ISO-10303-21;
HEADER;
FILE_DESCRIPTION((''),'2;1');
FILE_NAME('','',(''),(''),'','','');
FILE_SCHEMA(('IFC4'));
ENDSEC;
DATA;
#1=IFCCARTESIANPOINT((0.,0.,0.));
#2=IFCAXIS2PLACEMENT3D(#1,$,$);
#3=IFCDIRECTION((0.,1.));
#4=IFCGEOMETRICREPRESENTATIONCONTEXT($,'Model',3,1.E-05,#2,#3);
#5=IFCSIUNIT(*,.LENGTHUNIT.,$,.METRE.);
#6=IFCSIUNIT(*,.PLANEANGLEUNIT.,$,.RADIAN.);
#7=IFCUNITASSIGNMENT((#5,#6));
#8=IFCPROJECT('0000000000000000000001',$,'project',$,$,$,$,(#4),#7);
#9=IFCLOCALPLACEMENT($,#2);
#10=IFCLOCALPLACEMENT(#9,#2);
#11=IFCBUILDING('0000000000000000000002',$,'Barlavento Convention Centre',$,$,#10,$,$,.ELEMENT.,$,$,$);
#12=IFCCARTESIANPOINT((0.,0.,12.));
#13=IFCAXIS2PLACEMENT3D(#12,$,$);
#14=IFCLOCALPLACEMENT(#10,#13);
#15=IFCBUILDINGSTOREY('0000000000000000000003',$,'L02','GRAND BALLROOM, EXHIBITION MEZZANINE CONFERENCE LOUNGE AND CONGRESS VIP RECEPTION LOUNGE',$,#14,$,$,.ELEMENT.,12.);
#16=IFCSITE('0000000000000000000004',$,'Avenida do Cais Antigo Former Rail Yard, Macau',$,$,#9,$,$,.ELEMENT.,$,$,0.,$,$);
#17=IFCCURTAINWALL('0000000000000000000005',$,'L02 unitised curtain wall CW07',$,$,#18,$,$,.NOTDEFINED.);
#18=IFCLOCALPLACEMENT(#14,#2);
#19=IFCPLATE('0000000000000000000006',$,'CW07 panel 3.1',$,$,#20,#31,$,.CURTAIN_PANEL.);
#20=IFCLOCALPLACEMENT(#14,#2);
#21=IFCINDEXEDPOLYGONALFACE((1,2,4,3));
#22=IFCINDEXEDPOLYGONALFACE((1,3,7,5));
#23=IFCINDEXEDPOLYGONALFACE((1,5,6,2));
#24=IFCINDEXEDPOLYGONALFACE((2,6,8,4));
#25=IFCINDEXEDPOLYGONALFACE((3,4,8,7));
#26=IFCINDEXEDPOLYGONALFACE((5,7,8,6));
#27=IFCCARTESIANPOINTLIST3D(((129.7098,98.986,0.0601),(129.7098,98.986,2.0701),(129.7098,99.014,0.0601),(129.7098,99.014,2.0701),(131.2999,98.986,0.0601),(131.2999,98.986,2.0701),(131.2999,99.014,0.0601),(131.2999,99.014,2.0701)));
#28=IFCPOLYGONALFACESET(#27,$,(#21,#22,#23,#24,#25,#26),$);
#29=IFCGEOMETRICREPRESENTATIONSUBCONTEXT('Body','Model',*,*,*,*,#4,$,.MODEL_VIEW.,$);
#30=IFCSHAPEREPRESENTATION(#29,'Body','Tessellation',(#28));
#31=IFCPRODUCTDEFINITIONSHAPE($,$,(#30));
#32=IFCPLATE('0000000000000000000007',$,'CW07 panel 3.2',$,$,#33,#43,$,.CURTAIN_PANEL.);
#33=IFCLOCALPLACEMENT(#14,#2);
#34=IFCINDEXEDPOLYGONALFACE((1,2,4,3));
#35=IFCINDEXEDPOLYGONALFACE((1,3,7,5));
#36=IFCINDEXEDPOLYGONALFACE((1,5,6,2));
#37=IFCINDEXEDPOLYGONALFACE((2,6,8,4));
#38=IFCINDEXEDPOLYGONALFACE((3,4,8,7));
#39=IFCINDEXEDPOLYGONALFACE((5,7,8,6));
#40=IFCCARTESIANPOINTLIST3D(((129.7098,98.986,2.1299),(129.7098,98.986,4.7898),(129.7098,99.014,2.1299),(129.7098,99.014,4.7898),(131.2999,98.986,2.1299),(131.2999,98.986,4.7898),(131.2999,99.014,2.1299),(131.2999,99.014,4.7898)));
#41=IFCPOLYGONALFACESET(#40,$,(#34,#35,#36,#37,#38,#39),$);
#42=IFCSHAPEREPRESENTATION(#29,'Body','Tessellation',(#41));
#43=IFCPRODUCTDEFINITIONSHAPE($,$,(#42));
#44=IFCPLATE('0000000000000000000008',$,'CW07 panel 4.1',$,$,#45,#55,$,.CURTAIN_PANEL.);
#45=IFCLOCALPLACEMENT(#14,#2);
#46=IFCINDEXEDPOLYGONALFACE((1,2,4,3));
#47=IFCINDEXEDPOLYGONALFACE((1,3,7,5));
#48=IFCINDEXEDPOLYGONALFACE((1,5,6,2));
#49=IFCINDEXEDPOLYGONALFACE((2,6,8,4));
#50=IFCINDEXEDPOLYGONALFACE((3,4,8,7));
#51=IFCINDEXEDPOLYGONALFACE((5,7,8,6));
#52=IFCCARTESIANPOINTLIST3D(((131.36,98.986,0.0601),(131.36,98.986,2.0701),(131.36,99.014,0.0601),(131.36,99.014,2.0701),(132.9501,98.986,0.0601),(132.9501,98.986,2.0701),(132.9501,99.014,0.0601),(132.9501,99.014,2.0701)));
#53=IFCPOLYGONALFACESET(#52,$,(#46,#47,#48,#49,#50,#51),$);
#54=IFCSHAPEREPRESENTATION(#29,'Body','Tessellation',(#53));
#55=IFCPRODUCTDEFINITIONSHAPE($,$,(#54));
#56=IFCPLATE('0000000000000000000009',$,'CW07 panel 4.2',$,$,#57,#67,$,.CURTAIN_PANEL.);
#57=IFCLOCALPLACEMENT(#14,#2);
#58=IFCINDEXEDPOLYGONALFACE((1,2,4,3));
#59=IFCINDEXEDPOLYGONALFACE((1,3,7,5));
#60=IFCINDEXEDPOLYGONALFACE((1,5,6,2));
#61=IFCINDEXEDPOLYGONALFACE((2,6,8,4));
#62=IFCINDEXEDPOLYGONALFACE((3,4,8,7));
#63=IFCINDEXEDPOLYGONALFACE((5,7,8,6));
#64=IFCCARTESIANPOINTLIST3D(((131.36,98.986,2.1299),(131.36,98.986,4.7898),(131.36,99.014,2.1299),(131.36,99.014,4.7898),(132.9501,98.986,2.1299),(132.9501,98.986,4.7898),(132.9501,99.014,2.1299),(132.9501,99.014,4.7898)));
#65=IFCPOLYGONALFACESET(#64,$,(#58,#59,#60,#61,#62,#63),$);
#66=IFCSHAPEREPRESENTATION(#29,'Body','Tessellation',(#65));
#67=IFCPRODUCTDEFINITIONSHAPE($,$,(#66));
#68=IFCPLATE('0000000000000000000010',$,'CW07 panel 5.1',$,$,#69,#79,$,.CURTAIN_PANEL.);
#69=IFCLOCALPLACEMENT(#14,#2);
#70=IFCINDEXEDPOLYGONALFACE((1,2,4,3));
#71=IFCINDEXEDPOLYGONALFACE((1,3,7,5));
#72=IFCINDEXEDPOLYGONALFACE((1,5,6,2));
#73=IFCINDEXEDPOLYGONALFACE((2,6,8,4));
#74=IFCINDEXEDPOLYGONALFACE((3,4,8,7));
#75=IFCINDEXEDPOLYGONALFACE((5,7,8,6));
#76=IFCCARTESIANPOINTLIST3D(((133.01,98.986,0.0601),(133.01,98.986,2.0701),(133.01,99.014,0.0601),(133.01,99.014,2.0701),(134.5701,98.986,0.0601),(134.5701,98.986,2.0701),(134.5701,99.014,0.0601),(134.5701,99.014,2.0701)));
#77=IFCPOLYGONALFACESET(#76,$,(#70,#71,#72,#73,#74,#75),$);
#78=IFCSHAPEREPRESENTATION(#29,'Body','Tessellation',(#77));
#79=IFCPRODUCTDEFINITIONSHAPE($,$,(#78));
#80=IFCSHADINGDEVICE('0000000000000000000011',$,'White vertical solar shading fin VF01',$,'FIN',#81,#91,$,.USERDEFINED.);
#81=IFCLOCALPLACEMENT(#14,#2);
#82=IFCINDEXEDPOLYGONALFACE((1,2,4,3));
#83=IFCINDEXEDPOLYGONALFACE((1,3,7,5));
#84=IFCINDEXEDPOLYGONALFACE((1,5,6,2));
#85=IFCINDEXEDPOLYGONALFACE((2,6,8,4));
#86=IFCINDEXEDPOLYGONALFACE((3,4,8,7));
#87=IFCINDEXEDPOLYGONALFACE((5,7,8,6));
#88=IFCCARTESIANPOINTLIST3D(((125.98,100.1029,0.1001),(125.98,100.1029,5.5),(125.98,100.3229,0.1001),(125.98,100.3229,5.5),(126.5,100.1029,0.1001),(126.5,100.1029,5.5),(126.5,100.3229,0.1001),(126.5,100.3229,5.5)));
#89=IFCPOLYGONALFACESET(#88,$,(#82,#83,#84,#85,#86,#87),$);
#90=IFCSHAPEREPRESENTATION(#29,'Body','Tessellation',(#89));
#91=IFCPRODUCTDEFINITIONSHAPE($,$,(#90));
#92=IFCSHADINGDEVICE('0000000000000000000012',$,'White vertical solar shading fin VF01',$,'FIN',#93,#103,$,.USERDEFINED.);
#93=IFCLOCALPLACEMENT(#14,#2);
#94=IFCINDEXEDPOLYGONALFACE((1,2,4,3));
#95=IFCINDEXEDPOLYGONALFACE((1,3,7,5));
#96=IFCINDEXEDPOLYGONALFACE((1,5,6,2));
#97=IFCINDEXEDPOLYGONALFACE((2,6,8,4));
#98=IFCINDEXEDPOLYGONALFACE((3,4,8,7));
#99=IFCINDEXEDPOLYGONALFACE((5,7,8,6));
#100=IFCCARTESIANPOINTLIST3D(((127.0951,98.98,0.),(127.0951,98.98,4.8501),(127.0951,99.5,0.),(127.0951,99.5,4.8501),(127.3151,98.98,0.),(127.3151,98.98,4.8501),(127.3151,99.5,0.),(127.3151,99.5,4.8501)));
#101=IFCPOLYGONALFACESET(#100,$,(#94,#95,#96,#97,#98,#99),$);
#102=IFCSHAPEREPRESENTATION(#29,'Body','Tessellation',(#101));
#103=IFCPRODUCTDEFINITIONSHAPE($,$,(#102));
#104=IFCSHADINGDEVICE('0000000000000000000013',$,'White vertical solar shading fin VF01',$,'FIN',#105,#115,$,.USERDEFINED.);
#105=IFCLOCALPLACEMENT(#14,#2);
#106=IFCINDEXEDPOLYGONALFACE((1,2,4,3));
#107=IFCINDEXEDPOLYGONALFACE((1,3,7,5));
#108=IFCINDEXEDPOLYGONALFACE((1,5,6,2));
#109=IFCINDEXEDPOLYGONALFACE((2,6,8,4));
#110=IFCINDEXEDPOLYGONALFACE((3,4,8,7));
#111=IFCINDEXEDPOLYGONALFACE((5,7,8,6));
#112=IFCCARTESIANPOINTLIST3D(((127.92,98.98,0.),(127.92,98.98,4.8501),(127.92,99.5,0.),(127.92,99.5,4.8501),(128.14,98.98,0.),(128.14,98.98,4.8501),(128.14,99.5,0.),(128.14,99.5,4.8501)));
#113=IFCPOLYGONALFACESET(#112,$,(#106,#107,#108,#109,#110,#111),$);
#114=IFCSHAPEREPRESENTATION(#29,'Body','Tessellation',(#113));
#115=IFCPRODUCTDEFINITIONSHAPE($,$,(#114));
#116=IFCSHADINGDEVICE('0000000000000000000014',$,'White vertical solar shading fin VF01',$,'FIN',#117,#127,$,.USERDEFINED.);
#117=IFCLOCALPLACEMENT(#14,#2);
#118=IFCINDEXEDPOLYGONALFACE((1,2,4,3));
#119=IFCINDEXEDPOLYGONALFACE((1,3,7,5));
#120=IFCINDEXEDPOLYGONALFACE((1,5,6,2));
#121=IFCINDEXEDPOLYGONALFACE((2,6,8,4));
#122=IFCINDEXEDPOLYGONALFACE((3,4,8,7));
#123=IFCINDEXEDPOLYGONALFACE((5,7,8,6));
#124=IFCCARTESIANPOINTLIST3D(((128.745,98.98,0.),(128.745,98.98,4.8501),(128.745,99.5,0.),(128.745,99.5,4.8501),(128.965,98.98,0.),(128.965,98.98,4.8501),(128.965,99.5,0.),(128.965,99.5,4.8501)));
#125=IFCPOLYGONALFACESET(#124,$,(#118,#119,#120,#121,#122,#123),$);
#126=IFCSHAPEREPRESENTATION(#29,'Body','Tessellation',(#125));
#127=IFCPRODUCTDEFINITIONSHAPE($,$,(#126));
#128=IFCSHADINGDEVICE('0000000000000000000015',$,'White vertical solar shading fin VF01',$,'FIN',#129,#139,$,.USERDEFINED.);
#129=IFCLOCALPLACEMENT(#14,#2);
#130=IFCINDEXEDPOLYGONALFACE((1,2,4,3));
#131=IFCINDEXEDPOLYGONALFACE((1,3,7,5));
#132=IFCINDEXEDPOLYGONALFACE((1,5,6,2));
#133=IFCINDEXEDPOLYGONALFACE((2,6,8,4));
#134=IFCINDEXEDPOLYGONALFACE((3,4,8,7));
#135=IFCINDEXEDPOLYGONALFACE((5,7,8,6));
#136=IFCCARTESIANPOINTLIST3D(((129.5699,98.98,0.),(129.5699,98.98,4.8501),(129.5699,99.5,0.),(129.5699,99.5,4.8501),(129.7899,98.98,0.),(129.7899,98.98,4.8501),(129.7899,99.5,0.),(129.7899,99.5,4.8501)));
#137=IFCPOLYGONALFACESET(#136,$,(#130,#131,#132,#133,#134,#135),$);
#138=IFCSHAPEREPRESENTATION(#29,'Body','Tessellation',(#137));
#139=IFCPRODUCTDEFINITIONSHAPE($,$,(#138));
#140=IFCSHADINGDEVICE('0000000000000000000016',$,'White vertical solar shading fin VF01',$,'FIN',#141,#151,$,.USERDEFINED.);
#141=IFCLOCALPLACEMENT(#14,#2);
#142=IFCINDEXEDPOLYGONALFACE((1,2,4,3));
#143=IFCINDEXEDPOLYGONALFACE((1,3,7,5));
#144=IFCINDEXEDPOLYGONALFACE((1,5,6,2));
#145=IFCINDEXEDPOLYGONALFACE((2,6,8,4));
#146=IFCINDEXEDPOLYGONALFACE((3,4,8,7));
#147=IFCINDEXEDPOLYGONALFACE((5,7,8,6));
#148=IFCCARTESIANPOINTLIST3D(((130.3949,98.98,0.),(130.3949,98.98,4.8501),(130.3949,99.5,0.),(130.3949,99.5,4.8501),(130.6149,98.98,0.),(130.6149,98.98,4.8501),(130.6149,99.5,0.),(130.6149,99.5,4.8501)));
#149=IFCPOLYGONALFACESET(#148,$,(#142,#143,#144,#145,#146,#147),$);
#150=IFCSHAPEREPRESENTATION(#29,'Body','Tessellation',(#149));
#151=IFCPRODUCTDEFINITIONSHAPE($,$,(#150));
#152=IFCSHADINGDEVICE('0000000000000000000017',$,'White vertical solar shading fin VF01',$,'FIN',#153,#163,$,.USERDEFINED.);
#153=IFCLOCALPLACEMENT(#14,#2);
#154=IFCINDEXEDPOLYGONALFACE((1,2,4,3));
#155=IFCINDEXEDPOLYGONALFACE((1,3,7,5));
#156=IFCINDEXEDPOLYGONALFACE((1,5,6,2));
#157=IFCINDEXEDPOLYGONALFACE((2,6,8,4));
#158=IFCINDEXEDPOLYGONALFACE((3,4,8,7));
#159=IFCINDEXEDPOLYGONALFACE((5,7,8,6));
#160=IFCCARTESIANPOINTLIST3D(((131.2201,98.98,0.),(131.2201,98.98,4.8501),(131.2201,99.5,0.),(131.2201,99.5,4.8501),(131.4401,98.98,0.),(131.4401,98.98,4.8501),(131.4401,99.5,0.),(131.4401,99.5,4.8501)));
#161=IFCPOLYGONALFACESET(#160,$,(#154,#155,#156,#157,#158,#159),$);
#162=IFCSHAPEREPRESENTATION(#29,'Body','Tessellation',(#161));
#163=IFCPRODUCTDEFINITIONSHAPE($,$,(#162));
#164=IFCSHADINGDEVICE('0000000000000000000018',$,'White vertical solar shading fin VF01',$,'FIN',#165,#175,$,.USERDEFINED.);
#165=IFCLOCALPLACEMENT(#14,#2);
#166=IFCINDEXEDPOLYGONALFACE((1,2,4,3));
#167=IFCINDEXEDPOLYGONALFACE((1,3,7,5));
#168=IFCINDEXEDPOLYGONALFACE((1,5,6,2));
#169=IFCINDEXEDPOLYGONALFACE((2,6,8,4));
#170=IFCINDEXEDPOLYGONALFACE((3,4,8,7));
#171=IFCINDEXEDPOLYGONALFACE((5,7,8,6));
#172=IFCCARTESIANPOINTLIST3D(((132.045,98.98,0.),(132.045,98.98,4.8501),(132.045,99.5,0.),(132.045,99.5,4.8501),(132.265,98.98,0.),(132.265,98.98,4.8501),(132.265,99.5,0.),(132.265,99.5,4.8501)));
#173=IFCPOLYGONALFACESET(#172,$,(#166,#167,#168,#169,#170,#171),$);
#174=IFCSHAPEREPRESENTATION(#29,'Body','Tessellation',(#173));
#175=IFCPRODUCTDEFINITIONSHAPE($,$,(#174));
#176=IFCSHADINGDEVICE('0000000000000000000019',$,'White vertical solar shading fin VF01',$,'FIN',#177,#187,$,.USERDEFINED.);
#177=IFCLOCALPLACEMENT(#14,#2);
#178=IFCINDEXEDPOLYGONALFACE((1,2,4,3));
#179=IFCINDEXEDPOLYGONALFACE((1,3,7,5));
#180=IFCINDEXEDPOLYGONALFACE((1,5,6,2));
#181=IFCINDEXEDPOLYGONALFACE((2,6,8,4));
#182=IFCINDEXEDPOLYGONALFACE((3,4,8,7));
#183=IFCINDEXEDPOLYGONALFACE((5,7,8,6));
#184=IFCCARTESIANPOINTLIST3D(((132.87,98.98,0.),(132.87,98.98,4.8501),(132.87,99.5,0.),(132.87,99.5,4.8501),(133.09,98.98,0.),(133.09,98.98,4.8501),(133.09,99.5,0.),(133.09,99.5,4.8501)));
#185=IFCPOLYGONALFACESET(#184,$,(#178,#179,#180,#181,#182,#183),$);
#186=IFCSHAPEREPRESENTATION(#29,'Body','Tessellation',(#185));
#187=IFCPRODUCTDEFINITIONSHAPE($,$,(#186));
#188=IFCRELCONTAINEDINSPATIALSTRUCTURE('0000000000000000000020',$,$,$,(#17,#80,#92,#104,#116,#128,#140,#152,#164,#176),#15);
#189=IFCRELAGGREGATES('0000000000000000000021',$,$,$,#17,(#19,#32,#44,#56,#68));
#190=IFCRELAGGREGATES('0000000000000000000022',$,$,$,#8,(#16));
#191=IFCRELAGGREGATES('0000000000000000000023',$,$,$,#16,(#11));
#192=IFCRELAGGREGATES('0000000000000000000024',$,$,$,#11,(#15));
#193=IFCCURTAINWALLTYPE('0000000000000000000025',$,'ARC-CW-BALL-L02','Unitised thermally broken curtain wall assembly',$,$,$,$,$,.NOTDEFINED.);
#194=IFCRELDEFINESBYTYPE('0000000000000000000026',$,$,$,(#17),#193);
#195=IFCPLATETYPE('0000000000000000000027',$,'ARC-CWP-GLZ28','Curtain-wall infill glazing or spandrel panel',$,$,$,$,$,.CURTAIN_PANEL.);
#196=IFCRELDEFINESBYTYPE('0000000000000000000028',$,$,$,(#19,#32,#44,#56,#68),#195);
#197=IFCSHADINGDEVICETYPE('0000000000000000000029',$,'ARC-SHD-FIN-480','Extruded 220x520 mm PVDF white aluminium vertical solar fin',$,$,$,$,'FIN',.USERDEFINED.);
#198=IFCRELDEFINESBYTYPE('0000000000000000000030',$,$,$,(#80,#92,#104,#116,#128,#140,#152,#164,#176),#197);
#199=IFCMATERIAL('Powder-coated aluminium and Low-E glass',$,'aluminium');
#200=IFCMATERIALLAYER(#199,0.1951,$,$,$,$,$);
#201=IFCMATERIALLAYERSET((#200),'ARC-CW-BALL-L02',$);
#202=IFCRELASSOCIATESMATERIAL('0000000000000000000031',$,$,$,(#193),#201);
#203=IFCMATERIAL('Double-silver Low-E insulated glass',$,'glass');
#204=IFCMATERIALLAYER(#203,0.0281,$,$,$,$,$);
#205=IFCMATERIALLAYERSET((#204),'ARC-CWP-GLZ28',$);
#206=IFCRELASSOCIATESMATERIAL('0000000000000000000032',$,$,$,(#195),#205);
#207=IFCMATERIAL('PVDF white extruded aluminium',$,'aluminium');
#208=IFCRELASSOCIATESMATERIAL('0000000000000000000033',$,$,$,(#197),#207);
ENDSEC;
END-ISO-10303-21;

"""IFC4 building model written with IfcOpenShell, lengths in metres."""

from ifc_helpers import new_model, si_unit, direction, frame, origin, origin_2d, place, context, subcontext, project, spatial, rectangle, extrude, material, layer, layer_set, type_object, element, aggregate, save


model = new_model("IFC4")

# Units and contexts
model_context = context("Model", 3, precision=1e-05, world=origin(), true_north=direction((0.0, 1.0)))
body_context = subcontext(model_context, "Body", "Model", "MODEL_VIEW")
ifc_project = project(units=[si_unit("LENGTHUNIT", "METRE"), si_unit("PLANEANGLEUNIT", "RADIAN")], contexts=[model_context])

# Site, building, storey
site_placement = place(None, origin())
site = spatial("IfcSite", under=ifc_project, at=site_placement, Name="Avenida do Cais Antigo Former Rail Yard, Macau", CompositionType="ELEMENT", RefElevation=0.0)
building_placement = place(site_placement, origin())
building = spatial("IfcBuilding", under=site, at=building_placement, Name="Barlavento Convention Centre", CompositionType="ELEMENT")
storey_placement = place(building_placement, frame((0.0, 0.0, 12.0)))
storey = spatial("IfcBuildingStorey", under=building, at=storey_placement, Name="L02", Description="GRAND BALLROOM, EXHIBITION MEZZANINE CONFERENCE LOUNGE AND CONGRESS VIP RECEPTION LOUNGE", CompositionType="ELEMENT", Elevation=12.0)

# Curtain wall
ifc_material_1 = material(Name="Powder-coated aluminium and Low-E glass", Category="aluminium")
ifc_layer_1 = layer(ifc_material_1, 0.1951)
ifc_layer_set_1 = layer_set([ifc_layer_1], Name="ARC-CW-BALL-L02")
curtain_wall_type_1 = type_object("IfcCurtainWallType", Name="ARC-CW-BALL-L02", Description="Unitised thermally broken curtain wall assembly", PredefinedType="NOTDEFINED", material=ifc_layer_set_1)
curtain_wall_1_placement = place(storey_placement, origin())
curtain_wall_1 = element("IfcCurtainWall", 1, at=curtain_wall_1_placement, inside=storey, type_object=curtain_wall_type_1, Name="L02 unitised curtain wall CW07", PredefinedType="NOTDEFINED")

# Plates
ifc_material_2 = material(Name="Double-silver Low-E insulated glass", Category="glass")
ifc_layer_2 = layer(ifc_material_2, 0.0281)
ifc_layer_set_2 = layer_set([ifc_layer_2], Name="ARC-CWP-GLZ28")
plate_type = type_object("IfcPlateType", Name="ARC-CWP-GLZ28", Description="Curtain-wall infill glazing or spandrel panel", PredefinedType="CURTAIN_PANEL", material=ifc_layer_set_2)
plate_1_placement = place(storey_placement, frame((130.5049, 99.0, 0.0601), z_axis=(0.0, 0.0, 1.0), x_axis=(1.0, 0.0, 0.0)))
plate_1 = element("IfcPlate", 2, at=plate_1_placement, type_object=plate_type, Name="CW07 panel 3.1", PredefinedType="CURTAIN_PANEL", context=body_context, shape_type="SweptSolid", body=[
    extrude(rectangle(XDim=1.5901, YDim=0.0281, at=origin_2d()), origin(), (0.0, 0.0, 1.0), 2.01),
])
plate_2_placement = place(storey_placement, frame((130.5049, 99.0, 2.1299), z_axis=(0.0, 0.0, 1.0), x_axis=(1.0, 0.0, 0.0)))
plate_2 = element("IfcPlate", 3, at=plate_2_placement, type_object=plate_type, Name="CW07 panel 3.2", PredefinedType="CURTAIN_PANEL", context=body_context, shape_type="SweptSolid", body=[
    extrude(rectangle(XDim=1.5901, YDim=0.0281, at=origin_2d()), origin(), (0.0, 0.0, 1.0), 2.6599),
])
plate_3_placement = place(storey_placement, frame((132.155, 99.0, 0.0601), z_axis=(0.0, 0.0, 1.0), x_axis=(1.0, 0.0, 0.0)))
plate_3 = element("IfcPlate", 4, at=plate_3_placement, type_object=plate_type, Name="CW07 panel 4.1", PredefinedType="CURTAIN_PANEL", context=body_context, shape_type="SweptSolid", body=[
    extrude(rectangle(XDim=1.5901, YDim=0.0281, at=origin_2d()), origin(), (0.0, 0.0, 1.0), 2.01),
])
plate_4_placement = place(storey_placement, frame((132.155, 99.0, 2.1299), z_axis=(0.0, 0.0, 1.0), x_axis=(1.0, 0.0, 0.0)))
plate_4 = element("IfcPlate", 5, at=plate_4_placement, type_object=plate_type, Name="CW07 panel 4.2", PredefinedType="CURTAIN_PANEL", context=body_context, shape_type="SweptSolid", body=[
    extrude(rectangle(XDim=1.5901, YDim=0.0281, at=origin_2d()), origin(), (0.0, 0.0, 1.0), 2.6599),
])
plate_5_placement = place(storey_placement, frame((133.79, 99.0, 0.0601), z_axis=(0.0, 0.0, 1.0), x_axis=(1.0, 0.0, 0.0)))
plate_5 = element("IfcPlate", 6, at=plate_5_placement, type_object=plate_type, Name="CW07 panel 5.1", PredefinedType="CURTAIN_PANEL", context=body_context, shape_type="SweptSolid", body=[
    extrude(rectangle(XDim=1.5601, YDim=0.0281, at=origin_2d()), origin(), (0.0, 0.0, 1.0), 2.01),
])
aggregate(curtain_wall_1, [plate_1, plate_2, plate_3, plate_4, plate_5])

# Shading devices
ifc_material_3 = material(Name="PVDF white extruded aluminium", Category="aluminium")
shading_device_type = type_object("IfcShadingDeviceType", Name="ARC-SHD-FIN-480", Description="Extruded 220x520 mm PVDF white aluminium vertical solar fin", ElementType="FIN", PredefinedType="USERDEFINED", material=ifc_material_3)
shading_device_placement = place(storey_placement, frame((126.24, 100.2129, 0.1001), z_axis=(0.0, 0.0, 1.0), x_axis=(0.0, 1.0, 0.0)))
element("IfcShadingDevice", 7, at=shading_device_placement, inside=storey, type_object=shading_device_type, Name="White vertical solar shading fin VF01", ObjectType="FIN", PredefinedType="USERDEFINED", context=body_context, shape_type="SweptSolid", body=[
    extrude(rectangle(XDim=0.22, YDim=0.52, at=origin_2d()), origin(), (0.0, 0.0, 1.0), 5.3999),
])
for number, where, z_axis, x_axis, name in (
    (8, (127.2051, 99.24, 0.0), (0.0, 0.0, 1.0), (1.0, 0.0, 0.0), "White vertical solar shading fin VF01"),
    (9, (128.03, 99.24, 0.0), (0.0, 0.0, 1.0), (1.0, 0.0, 0.0), "White vertical solar shading fin VF01"),
    (10, (128.855, 99.24, 0.0), (0.0, 0.0, 1.0), (1.0, 0.0, 0.0), "White vertical solar shading fin VF01"),
    (11, (129.6799, 99.24, 0.0), (0.0, 0.0, 1.0), (1.0, 0.0, 0.0), "White vertical solar shading fin VF01"),
    (12, (130.5049, 99.24, 0.0), (0.0, 0.0, 1.0), (1.0, 0.0, 0.0), "White vertical solar shading fin VF01"),
    (13, (131.3301, 99.24, 0.0), (0.0, 0.0, 1.0), (1.0, 0.0, 0.0), "White vertical solar shading fin VF01"),
    (14, (132.155, 99.24, 0.0), (0.0, 0.0, 1.0), (1.0, 0.0, 0.0), "White vertical solar shading fin VF01"),
    (15, (132.98, 99.24, 0.0), (0.0, 0.0, 1.0), (1.0, 0.0, 0.0), "White vertical solar shading fin VF01"),
):
    element("IfcShadingDevice", number, at=place(storey_placement, frame(where, z_axis=z_axis, x_axis=x_axis)), inside=storey, type_object=shading_device_type, Name=name, ObjectType="FIN", PredefinedType="USERDEFINED", context=body_context, shape_type="SweptSolid", body=[
        extrude(rectangle(XDim=0.22, YDim=0.52, at=origin_2d()), origin(), (0.0, 0.0, 1.0), 4.8501),
    ])

save(model, "model.ifc")
